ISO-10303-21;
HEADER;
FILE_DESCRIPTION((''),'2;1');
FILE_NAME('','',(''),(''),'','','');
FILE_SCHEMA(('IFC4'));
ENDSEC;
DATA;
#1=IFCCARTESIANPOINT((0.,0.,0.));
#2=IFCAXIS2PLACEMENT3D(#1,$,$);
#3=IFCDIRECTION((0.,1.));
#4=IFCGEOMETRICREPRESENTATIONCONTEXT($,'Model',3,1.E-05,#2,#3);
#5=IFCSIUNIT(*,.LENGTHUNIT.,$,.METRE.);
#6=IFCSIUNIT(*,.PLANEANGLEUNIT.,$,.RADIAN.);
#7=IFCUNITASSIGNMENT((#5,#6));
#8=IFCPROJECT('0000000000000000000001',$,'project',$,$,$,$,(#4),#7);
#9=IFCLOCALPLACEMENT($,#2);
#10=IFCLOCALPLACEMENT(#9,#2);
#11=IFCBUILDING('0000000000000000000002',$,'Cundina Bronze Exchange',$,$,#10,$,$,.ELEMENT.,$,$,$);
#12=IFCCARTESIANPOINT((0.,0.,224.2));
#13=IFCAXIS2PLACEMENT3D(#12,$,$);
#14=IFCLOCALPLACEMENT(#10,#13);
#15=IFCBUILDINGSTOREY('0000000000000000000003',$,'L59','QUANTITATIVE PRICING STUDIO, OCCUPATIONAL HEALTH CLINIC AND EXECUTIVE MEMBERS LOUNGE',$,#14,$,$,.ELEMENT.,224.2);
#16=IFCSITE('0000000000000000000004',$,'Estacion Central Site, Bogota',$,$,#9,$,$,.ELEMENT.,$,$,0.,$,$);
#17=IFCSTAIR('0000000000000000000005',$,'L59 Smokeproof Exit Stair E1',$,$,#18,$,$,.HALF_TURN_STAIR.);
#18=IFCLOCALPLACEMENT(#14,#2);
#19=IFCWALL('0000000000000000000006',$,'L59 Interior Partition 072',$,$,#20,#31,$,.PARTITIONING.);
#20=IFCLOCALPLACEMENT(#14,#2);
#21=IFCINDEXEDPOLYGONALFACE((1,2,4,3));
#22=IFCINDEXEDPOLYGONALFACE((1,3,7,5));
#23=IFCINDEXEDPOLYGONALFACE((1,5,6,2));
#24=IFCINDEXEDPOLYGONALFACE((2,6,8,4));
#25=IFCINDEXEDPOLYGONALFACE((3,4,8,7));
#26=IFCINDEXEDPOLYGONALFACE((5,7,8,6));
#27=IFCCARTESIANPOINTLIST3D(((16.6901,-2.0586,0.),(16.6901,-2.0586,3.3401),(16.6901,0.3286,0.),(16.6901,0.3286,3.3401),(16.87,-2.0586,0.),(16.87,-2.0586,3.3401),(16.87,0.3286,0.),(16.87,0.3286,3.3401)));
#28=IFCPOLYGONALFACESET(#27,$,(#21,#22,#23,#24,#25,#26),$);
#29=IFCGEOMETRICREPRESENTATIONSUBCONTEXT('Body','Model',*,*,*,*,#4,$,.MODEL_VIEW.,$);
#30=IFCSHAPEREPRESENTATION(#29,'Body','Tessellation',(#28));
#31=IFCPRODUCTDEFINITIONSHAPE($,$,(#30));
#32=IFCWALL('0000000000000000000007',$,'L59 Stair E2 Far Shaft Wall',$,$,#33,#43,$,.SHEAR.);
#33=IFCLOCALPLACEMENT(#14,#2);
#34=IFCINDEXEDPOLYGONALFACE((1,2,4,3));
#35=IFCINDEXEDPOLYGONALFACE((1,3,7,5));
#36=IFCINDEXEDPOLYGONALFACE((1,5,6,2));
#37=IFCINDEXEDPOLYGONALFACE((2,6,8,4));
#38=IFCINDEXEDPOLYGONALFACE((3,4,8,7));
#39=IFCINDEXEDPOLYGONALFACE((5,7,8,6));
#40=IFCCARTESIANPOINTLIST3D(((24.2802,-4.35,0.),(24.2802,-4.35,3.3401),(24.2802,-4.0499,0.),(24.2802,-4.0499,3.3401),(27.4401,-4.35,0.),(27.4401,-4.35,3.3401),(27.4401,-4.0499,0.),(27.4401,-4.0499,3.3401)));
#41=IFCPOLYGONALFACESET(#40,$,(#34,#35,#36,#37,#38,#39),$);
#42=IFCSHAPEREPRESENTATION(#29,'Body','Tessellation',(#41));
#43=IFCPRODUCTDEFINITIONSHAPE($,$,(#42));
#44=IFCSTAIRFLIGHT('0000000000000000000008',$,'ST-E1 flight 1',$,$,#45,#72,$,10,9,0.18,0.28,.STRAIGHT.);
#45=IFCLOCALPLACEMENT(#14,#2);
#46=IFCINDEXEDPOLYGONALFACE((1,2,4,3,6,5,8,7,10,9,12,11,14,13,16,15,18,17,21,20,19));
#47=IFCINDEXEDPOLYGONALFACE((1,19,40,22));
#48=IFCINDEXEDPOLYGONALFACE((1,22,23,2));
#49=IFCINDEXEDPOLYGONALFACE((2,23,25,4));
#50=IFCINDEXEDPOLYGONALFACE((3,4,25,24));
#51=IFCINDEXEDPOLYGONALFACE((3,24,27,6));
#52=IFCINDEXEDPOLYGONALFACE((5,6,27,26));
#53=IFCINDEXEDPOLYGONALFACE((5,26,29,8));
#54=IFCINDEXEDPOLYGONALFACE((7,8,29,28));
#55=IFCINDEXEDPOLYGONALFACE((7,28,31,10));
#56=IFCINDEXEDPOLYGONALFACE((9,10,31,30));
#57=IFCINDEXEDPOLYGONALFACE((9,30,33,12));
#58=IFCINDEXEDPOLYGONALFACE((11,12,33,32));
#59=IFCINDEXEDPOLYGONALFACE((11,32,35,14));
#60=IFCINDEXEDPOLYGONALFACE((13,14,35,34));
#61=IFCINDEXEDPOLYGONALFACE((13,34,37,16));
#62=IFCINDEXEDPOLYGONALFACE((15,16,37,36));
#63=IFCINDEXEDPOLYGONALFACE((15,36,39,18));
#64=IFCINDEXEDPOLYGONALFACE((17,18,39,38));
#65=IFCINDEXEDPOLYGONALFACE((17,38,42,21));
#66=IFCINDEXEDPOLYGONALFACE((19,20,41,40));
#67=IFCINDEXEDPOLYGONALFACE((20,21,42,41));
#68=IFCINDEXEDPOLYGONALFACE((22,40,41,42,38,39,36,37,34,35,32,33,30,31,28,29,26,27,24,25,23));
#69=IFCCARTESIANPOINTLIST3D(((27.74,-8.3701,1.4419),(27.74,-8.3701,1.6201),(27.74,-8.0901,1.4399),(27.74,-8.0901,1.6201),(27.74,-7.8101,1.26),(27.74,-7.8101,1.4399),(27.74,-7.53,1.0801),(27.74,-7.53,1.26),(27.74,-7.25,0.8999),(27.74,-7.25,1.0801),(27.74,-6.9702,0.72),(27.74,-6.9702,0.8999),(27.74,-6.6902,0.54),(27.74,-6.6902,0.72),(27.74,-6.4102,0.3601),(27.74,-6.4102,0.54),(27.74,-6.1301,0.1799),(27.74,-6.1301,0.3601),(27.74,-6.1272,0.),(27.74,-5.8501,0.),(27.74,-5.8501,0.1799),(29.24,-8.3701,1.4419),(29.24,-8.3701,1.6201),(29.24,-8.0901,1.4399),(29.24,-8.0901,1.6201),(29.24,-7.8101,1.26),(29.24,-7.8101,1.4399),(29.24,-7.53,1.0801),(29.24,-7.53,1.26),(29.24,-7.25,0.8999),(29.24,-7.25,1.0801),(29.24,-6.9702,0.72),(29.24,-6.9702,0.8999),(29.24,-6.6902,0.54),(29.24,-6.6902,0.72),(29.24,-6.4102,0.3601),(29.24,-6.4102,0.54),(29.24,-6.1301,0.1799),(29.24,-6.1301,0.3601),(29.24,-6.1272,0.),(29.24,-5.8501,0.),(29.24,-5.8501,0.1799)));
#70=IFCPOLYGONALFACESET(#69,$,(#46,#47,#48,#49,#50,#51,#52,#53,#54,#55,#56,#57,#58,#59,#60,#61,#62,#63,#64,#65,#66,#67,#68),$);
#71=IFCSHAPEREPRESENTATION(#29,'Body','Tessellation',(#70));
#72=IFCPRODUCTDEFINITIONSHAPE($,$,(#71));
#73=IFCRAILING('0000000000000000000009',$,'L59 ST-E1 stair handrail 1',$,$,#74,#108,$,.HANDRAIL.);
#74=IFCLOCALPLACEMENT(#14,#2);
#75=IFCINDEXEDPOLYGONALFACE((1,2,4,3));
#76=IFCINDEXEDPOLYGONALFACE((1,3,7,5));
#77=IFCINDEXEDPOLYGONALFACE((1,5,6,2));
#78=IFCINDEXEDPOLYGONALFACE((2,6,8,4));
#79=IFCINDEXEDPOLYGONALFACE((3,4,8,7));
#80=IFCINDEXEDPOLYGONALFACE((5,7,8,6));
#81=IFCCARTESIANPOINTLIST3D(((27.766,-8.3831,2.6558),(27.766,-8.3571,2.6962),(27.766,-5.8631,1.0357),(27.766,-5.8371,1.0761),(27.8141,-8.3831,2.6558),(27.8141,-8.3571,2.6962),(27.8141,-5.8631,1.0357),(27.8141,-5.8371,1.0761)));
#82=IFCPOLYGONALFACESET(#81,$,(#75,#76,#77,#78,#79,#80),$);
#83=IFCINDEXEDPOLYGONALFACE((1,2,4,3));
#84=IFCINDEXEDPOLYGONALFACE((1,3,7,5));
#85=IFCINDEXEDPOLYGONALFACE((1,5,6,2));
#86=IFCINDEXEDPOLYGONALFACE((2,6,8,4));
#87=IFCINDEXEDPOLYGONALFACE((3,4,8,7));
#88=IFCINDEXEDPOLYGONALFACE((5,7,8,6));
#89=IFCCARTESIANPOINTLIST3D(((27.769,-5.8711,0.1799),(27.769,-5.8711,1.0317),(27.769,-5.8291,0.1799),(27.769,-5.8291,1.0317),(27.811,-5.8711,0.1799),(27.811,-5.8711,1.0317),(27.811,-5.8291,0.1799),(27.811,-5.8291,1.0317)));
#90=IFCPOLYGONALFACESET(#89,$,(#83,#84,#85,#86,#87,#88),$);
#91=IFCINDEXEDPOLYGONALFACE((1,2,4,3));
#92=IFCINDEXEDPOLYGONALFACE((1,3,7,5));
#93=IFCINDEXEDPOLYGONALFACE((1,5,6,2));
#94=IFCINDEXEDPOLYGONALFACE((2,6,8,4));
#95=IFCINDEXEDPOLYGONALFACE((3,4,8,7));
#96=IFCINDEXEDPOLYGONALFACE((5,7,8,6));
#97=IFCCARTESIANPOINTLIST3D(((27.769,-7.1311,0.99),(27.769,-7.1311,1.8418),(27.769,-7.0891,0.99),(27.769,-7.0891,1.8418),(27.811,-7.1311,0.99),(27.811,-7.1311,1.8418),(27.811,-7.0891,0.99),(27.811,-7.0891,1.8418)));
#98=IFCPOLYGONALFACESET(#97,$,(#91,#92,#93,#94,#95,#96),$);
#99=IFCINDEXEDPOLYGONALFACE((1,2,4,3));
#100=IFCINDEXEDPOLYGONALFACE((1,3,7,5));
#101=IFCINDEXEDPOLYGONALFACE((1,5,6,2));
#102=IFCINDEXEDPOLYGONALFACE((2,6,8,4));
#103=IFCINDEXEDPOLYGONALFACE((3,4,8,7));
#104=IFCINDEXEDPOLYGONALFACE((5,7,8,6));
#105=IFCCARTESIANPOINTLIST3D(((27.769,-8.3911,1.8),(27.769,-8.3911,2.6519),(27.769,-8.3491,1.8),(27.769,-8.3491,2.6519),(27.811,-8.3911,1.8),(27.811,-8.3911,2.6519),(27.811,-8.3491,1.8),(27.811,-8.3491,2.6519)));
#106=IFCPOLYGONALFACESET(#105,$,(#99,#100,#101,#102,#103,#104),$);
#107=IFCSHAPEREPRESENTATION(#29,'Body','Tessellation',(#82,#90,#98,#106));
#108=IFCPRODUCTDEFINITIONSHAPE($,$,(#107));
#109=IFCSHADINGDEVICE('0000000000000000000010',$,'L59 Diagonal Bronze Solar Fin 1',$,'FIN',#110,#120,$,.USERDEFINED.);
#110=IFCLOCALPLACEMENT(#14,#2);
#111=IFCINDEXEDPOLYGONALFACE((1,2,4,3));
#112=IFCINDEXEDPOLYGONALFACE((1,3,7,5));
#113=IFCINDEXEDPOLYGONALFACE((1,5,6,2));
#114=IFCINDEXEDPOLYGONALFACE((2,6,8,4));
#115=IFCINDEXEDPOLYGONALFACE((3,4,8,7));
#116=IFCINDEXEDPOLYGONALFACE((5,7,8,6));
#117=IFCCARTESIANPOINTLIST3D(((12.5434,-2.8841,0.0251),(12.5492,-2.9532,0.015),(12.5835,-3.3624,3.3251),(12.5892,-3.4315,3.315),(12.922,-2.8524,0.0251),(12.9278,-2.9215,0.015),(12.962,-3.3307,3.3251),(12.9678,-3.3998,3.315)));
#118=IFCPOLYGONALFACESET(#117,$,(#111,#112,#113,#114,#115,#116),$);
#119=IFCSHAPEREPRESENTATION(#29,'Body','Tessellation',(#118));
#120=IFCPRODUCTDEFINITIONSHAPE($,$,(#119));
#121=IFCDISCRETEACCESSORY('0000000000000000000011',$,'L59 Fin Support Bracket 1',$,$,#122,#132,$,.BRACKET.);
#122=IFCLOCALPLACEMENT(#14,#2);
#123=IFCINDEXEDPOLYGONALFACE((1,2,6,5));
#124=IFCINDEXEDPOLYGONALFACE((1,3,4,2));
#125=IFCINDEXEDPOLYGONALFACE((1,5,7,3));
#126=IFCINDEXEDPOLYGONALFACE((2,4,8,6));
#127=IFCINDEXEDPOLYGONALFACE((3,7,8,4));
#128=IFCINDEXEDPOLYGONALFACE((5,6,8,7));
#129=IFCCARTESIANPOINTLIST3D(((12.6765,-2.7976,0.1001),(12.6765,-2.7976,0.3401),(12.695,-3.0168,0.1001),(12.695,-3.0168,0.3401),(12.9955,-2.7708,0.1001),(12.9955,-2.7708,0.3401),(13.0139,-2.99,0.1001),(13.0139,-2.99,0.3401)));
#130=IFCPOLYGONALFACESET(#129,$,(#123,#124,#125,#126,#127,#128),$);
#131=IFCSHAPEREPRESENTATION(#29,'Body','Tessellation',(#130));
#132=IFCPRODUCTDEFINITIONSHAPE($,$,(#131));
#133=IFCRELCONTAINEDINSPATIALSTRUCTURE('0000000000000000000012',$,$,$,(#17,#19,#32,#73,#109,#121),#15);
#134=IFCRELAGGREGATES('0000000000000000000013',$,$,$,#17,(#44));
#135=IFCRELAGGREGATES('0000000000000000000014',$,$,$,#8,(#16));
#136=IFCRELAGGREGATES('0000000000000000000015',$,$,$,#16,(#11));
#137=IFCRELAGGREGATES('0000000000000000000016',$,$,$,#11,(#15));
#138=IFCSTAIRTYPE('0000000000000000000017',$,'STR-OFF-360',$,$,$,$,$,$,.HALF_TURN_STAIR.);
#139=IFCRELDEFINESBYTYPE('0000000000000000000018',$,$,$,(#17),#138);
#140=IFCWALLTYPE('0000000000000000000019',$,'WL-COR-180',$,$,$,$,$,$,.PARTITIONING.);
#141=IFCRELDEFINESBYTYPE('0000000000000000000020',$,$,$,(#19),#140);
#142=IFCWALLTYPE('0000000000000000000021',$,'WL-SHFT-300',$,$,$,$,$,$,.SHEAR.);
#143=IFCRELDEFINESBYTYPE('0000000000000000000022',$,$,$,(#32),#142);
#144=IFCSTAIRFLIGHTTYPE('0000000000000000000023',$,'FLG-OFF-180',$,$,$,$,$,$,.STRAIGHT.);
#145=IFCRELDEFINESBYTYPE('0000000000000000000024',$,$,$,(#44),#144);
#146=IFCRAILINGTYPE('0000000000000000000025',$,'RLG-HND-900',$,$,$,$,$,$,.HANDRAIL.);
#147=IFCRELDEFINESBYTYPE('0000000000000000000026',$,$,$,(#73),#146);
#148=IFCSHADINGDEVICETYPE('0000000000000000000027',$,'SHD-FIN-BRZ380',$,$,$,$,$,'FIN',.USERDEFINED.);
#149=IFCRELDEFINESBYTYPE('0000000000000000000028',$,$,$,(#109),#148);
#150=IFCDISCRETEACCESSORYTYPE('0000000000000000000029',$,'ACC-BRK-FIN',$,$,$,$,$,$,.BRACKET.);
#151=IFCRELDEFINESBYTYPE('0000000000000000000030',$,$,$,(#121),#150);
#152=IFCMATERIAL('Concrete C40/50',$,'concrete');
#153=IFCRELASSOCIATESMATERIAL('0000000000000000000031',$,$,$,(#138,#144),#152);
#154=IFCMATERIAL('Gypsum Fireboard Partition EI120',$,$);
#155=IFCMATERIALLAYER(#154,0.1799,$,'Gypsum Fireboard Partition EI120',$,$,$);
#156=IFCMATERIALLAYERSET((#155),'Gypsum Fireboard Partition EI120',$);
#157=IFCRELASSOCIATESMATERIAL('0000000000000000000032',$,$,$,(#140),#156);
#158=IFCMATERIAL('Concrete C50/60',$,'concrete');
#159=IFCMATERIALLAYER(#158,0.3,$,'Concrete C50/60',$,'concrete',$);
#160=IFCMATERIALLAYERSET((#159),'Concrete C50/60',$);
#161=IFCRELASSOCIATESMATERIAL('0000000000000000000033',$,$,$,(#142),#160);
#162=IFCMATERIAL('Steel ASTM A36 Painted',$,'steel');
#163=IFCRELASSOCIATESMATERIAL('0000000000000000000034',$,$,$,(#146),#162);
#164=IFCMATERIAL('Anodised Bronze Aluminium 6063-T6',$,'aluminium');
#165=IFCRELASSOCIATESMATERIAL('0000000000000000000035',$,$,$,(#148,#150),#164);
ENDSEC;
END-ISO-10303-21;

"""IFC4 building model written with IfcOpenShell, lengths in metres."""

from ifc_helpers import new_model, si_unit, direction, frame, frame_2d, origin, origin_2d, place, context, subcontext, project, spatial, polyline, rectangle, outline, extrude, material, layer, layer_set, material_profile, profile_set, type_object, element, aggregate, save


model = new_model("IFC4")

# Units and contexts
model_context = context("Model", 3, precision=1e-05, world=origin(), true_north=direction((0.0, 1.0)))
body_context = subcontext(model_context, "Body", "Model", "MODEL_VIEW")
ifc_project = project(units=[si_unit("LENGTHUNIT", "METRE"), si_unit("PLANEANGLEUNIT", "RADIAN")], contexts=[model_context])

# Site, building, storey
site_placement = place(None, origin())
site = spatial("IfcSite", under=ifc_project, at=site_placement, Name="Estacion Central Site, Bogota", CompositionType="ELEMENT", RefElevation=0.0)
building_placement = place(site_placement, origin())
building = spatial("IfcBuilding", under=site, at=building_placement, Name="Cundina Bronze Exchange", CompositionType="ELEMENT")
storey_placement = place(building_placement, frame((0.0, 0.0, 224.2)))
storey = spatial("IfcBuildingStorey", under=building, at=storey_placement, Name="L59", Description="QUANTITATIVE PRICING STUDIO, OCCUPATIONAL HEALTH CLINIC AND EXECUTIVE MEMBERS LOUNGE", CompositionType="ELEMENT", Elevation=224.2)

# Shared definitions
ifc_material_1 = material(Name="Concrete C50/60", Category="concrete")

# Shared definitions
ifc_material_2 = material(Name="Anodised Bronze Aluminium 6063-T6", Category="aluminium")

# Stair
ifc_material_3 = material(Name="Concrete C40/50", Category="concrete")
stair_type = type_object("IfcStairType", Name="STR-OFF-360", PredefinedType="HALF_TURN_STAIR", material=ifc_material_3)
stair_1_placement = place(storey_placement, origin())
stair_1 = element("IfcStair", 1, at=stair_1_placement, inside=storey, type_object=stair_type, Name="L59 Smokeproof Exit Stair E1", PredefinedType="HALF_TURN_STAIR")

# Shared definitions
ifc_material_4 = material(Name="Gypsum Fireboard Partition EI120")
ifc_layer_1 = layer(ifc_material_4, 0.1799, Name="Gypsum Fireboard Partition EI120")
ifc_layer_set_1 = layer_set([ifc_layer_1], Name="Gypsum Fireboard Partition EI120")
wall_type_1 = type_object("IfcWallType", Name="WL-COR-180", PredefinedType="PARTITIONING", material=ifc_layer_set_1)
ifc_material_5 = material(Name="Steel ASTM A36 Painted", Category="steel")

# Wall
wall_1_placement = place(storey_placement, frame((16.78, 0.3286, 0.0), z_axis=(0.0, 0.0, 1.0), x_axis=(0.0, -1.0, 0.0)))
element("IfcWall", 2, at=wall_1_placement, inside=storey, type_object=wall_type_1, Name="L59 Interior Partition 072", PredefinedType="PARTITIONING", context=body_context, shape_type="SweptSolid", body=[
    extrude(rectangle(XDim=2.3872, YDim=0.1799, at=frame_2d((1.1936, 0.0))), origin(), (0.0, 0.0, 1.0), 3.3401),
])

# Shared definitions
ifc_layer_2 = layer(ifc_material_1, 0.3, Name="Concrete C50/60", Category="concrete")
ifc_layer_set_2 = layer_set([ifc_layer_2], Name="Concrete C50/60")
wall_type_2 = type_object("IfcWallType", Name="WL-SHFT-300", PredefinedType="SHEAR", material=ifc_layer_set_2)

# Wall
wall_2_placement = place(storey_placement, frame((24.28, -4.2, 0.0), z_axis=(0.0, 0.0, 1.0), x_axis=(1.0, 0.0, 0.0)))
element("IfcWall", 3, at=wall_2_placement, inside=storey, type_object=wall_type_2, Name="L59 Stair E2 Far Shaft Wall", PredefinedType="SHEAR", context=body_context, shape_type="SweptSolid", body=[
    extrude(rectangle(XDim=3.1599, YDim=0.3, at=frame_2d((1.5801, 0.0))), origin(), (0.0, 0.0, 1.0), 3.3401),
])

# Stair flight
stair_flight_type = type_object("IfcStairFlightType", Name="FLG-OFF-180", PredefinedType="STRAIGHT", material=ifc_material_3)
stair_flight_placement = place(storey_placement, frame((28.49, -5.8501, 0.0), z_axis=(0.0, 0.0, 1.0), x_axis=(0.0, -1.0, 0.0)))
stair_flight = element("IfcStairFlight", 4, at=stair_flight_placement, type_object=stair_flight_type, Name="ST-E1 flight 1", NumberOfRisers=10, NumberOfTreads=9, PredefinedType="STRAIGHT", RiserHeight=0.18, TreadLength=0.28, context=body_context, shape_type="SweptSolid", body=[
    extrude(outline(polyline([(0.0, 0.0), (0.0, 0.1799), (0.28, 0.1799), (0.28, 0.3601), (0.5601, 0.3601), (0.5601, 0.54), (0.8401, 0.54), (0.8401, 0.72), (1.1201, 0.72), (1.1201, 0.8999), (1.3999, 0.8999), (1.3999, 1.0801), (1.6799, 1.0801), (1.6799, 1.26), (1.96, 1.26), (1.96, 1.4399), (2.24, 1.4399), (2.24, 1.6201), (2.52, 1.6201), (2.52, 1.8), (2.52, 1.4419), (0.2771, 0.0), (0.0, 0.0)])), frame((0.0, 0.75, 0.0), z_axis=(0.0, -1.0, 0.0), x_axis=(1.0, 0.0, 0.0)), (0.0, 0.0, 1.0), 1.5),
])
aggregate(stair_1, [stair_flight])

# Railing
railing_type = type_object("IfcRailingType", Name="RLG-HND-900", PredefinedType="HANDRAIL", material=ifc_material_5)
railing_placement = place(storey_placement, frame((27.79, -5.8501, 0.1799)))
element("IfcRailing", 5, at=railing_placement, inside=storey, type_object=railing_type, Name="L59 ST-E1 stair handrail 1", PredefinedType="HANDRAIL", context=body_context, shape_type="SweptSolid", body=[
    extrude(rectangle(XDim=0.0481, YDim=0.0481, at=origin_2d()), frame((0.0, 0.0, 0.876), z_axis=(0.0, -0.841163, 0.540782), x_axis=(1.0, 0.0, 0.0)), (0.0, 0.0, 1.0), 2.9958),
    extrude(rectangle(XDim=0.042, YDim=0.042, at=origin_2d()), origin(), (0.0, 0.0, 1.0), 0.8518),
    extrude(rectangle(XDim=0.042, YDim=0.042, at=origin_2d()), frame((0.0, -1.26, 0.8101)), (0.0, 0.0, 1.0), 0.8518),
    extrude(rectangle(XDim=0.042, YDim=0.042, at=origin_2d()), frame((0.0, -2.52, 1.6201)), (0.0, 0.0, 1.0), 0.8518),
])

# Shading device
ifc_material_profile_1 = material_profile(ifc_material_2, rectangle(XDim=0.0701, YDim=0.3799, at=origin_2d()), Name="FIN70X380", Category="aluminium")
ifc_profile_set_1 = profile_set([ifc_material_profile_1], Name="Anodised Bronze Aluminium 6063-T6")
shading_device_type = type_object("IfcShadingDeviceType", Name="SHD-FIN-BRZ380", ElementType="FIN", PredefinedType="USERDEFINED", material=ifc_profile_set_1)
shading_device_placement = place(storey_placement, frame((12.7356, -2.9028, 0.02), z_axis=(0.012007, -0.14342, 0.989589), x_axis=(-0.082556, 0.98614, 0.143921)))
element("IfcShadingDevice", 6, at=shading_device_placement, inside=storey, type_object=shading_device_type, Name="L59 Diagonal Bronze Solar Fin 1", ObjectType="FIN", PredefinedType="USERDEFINED", context=body_context, shape_type="SweptSolid", body=[
    extrude(rectangle(XDim=0.0701, YDim=0.3799, at=origin_2d()), origin(), (0.0, 0.0, 1.0), 3.3347),
])

# Discrete accessory
discrete_accessory_type = type_object("IfcDiscreteAccessoryType", Name="ACC-BRK-FIN", PredefinedType="BRACKET", material=ifc_material_2)
discrete_accessory_placement = place(storey_placement, frame((12.8452, -2.8938, 0.1001), z_axis=(0.0, 0.0, 1.0), x_axis=(0.083747, -0.996487, 0.0)))
element("IfcDiscreteAccessory", 7, at=discrete_accessory_placement, inside=storey, type_object=discrete_accessory_type, Name="L59 Fin Support Bracket 1", PredefinedType="BRACKET", context=body_context, shape_type="SweptSolid", body=[
    extrude(rectangle(XDim=0.22, YDim=0.3201, at=origin_2d()), origin(), (0.0, 0.0, 1.0), 0.24),
])

save(model, "model.ifc")
